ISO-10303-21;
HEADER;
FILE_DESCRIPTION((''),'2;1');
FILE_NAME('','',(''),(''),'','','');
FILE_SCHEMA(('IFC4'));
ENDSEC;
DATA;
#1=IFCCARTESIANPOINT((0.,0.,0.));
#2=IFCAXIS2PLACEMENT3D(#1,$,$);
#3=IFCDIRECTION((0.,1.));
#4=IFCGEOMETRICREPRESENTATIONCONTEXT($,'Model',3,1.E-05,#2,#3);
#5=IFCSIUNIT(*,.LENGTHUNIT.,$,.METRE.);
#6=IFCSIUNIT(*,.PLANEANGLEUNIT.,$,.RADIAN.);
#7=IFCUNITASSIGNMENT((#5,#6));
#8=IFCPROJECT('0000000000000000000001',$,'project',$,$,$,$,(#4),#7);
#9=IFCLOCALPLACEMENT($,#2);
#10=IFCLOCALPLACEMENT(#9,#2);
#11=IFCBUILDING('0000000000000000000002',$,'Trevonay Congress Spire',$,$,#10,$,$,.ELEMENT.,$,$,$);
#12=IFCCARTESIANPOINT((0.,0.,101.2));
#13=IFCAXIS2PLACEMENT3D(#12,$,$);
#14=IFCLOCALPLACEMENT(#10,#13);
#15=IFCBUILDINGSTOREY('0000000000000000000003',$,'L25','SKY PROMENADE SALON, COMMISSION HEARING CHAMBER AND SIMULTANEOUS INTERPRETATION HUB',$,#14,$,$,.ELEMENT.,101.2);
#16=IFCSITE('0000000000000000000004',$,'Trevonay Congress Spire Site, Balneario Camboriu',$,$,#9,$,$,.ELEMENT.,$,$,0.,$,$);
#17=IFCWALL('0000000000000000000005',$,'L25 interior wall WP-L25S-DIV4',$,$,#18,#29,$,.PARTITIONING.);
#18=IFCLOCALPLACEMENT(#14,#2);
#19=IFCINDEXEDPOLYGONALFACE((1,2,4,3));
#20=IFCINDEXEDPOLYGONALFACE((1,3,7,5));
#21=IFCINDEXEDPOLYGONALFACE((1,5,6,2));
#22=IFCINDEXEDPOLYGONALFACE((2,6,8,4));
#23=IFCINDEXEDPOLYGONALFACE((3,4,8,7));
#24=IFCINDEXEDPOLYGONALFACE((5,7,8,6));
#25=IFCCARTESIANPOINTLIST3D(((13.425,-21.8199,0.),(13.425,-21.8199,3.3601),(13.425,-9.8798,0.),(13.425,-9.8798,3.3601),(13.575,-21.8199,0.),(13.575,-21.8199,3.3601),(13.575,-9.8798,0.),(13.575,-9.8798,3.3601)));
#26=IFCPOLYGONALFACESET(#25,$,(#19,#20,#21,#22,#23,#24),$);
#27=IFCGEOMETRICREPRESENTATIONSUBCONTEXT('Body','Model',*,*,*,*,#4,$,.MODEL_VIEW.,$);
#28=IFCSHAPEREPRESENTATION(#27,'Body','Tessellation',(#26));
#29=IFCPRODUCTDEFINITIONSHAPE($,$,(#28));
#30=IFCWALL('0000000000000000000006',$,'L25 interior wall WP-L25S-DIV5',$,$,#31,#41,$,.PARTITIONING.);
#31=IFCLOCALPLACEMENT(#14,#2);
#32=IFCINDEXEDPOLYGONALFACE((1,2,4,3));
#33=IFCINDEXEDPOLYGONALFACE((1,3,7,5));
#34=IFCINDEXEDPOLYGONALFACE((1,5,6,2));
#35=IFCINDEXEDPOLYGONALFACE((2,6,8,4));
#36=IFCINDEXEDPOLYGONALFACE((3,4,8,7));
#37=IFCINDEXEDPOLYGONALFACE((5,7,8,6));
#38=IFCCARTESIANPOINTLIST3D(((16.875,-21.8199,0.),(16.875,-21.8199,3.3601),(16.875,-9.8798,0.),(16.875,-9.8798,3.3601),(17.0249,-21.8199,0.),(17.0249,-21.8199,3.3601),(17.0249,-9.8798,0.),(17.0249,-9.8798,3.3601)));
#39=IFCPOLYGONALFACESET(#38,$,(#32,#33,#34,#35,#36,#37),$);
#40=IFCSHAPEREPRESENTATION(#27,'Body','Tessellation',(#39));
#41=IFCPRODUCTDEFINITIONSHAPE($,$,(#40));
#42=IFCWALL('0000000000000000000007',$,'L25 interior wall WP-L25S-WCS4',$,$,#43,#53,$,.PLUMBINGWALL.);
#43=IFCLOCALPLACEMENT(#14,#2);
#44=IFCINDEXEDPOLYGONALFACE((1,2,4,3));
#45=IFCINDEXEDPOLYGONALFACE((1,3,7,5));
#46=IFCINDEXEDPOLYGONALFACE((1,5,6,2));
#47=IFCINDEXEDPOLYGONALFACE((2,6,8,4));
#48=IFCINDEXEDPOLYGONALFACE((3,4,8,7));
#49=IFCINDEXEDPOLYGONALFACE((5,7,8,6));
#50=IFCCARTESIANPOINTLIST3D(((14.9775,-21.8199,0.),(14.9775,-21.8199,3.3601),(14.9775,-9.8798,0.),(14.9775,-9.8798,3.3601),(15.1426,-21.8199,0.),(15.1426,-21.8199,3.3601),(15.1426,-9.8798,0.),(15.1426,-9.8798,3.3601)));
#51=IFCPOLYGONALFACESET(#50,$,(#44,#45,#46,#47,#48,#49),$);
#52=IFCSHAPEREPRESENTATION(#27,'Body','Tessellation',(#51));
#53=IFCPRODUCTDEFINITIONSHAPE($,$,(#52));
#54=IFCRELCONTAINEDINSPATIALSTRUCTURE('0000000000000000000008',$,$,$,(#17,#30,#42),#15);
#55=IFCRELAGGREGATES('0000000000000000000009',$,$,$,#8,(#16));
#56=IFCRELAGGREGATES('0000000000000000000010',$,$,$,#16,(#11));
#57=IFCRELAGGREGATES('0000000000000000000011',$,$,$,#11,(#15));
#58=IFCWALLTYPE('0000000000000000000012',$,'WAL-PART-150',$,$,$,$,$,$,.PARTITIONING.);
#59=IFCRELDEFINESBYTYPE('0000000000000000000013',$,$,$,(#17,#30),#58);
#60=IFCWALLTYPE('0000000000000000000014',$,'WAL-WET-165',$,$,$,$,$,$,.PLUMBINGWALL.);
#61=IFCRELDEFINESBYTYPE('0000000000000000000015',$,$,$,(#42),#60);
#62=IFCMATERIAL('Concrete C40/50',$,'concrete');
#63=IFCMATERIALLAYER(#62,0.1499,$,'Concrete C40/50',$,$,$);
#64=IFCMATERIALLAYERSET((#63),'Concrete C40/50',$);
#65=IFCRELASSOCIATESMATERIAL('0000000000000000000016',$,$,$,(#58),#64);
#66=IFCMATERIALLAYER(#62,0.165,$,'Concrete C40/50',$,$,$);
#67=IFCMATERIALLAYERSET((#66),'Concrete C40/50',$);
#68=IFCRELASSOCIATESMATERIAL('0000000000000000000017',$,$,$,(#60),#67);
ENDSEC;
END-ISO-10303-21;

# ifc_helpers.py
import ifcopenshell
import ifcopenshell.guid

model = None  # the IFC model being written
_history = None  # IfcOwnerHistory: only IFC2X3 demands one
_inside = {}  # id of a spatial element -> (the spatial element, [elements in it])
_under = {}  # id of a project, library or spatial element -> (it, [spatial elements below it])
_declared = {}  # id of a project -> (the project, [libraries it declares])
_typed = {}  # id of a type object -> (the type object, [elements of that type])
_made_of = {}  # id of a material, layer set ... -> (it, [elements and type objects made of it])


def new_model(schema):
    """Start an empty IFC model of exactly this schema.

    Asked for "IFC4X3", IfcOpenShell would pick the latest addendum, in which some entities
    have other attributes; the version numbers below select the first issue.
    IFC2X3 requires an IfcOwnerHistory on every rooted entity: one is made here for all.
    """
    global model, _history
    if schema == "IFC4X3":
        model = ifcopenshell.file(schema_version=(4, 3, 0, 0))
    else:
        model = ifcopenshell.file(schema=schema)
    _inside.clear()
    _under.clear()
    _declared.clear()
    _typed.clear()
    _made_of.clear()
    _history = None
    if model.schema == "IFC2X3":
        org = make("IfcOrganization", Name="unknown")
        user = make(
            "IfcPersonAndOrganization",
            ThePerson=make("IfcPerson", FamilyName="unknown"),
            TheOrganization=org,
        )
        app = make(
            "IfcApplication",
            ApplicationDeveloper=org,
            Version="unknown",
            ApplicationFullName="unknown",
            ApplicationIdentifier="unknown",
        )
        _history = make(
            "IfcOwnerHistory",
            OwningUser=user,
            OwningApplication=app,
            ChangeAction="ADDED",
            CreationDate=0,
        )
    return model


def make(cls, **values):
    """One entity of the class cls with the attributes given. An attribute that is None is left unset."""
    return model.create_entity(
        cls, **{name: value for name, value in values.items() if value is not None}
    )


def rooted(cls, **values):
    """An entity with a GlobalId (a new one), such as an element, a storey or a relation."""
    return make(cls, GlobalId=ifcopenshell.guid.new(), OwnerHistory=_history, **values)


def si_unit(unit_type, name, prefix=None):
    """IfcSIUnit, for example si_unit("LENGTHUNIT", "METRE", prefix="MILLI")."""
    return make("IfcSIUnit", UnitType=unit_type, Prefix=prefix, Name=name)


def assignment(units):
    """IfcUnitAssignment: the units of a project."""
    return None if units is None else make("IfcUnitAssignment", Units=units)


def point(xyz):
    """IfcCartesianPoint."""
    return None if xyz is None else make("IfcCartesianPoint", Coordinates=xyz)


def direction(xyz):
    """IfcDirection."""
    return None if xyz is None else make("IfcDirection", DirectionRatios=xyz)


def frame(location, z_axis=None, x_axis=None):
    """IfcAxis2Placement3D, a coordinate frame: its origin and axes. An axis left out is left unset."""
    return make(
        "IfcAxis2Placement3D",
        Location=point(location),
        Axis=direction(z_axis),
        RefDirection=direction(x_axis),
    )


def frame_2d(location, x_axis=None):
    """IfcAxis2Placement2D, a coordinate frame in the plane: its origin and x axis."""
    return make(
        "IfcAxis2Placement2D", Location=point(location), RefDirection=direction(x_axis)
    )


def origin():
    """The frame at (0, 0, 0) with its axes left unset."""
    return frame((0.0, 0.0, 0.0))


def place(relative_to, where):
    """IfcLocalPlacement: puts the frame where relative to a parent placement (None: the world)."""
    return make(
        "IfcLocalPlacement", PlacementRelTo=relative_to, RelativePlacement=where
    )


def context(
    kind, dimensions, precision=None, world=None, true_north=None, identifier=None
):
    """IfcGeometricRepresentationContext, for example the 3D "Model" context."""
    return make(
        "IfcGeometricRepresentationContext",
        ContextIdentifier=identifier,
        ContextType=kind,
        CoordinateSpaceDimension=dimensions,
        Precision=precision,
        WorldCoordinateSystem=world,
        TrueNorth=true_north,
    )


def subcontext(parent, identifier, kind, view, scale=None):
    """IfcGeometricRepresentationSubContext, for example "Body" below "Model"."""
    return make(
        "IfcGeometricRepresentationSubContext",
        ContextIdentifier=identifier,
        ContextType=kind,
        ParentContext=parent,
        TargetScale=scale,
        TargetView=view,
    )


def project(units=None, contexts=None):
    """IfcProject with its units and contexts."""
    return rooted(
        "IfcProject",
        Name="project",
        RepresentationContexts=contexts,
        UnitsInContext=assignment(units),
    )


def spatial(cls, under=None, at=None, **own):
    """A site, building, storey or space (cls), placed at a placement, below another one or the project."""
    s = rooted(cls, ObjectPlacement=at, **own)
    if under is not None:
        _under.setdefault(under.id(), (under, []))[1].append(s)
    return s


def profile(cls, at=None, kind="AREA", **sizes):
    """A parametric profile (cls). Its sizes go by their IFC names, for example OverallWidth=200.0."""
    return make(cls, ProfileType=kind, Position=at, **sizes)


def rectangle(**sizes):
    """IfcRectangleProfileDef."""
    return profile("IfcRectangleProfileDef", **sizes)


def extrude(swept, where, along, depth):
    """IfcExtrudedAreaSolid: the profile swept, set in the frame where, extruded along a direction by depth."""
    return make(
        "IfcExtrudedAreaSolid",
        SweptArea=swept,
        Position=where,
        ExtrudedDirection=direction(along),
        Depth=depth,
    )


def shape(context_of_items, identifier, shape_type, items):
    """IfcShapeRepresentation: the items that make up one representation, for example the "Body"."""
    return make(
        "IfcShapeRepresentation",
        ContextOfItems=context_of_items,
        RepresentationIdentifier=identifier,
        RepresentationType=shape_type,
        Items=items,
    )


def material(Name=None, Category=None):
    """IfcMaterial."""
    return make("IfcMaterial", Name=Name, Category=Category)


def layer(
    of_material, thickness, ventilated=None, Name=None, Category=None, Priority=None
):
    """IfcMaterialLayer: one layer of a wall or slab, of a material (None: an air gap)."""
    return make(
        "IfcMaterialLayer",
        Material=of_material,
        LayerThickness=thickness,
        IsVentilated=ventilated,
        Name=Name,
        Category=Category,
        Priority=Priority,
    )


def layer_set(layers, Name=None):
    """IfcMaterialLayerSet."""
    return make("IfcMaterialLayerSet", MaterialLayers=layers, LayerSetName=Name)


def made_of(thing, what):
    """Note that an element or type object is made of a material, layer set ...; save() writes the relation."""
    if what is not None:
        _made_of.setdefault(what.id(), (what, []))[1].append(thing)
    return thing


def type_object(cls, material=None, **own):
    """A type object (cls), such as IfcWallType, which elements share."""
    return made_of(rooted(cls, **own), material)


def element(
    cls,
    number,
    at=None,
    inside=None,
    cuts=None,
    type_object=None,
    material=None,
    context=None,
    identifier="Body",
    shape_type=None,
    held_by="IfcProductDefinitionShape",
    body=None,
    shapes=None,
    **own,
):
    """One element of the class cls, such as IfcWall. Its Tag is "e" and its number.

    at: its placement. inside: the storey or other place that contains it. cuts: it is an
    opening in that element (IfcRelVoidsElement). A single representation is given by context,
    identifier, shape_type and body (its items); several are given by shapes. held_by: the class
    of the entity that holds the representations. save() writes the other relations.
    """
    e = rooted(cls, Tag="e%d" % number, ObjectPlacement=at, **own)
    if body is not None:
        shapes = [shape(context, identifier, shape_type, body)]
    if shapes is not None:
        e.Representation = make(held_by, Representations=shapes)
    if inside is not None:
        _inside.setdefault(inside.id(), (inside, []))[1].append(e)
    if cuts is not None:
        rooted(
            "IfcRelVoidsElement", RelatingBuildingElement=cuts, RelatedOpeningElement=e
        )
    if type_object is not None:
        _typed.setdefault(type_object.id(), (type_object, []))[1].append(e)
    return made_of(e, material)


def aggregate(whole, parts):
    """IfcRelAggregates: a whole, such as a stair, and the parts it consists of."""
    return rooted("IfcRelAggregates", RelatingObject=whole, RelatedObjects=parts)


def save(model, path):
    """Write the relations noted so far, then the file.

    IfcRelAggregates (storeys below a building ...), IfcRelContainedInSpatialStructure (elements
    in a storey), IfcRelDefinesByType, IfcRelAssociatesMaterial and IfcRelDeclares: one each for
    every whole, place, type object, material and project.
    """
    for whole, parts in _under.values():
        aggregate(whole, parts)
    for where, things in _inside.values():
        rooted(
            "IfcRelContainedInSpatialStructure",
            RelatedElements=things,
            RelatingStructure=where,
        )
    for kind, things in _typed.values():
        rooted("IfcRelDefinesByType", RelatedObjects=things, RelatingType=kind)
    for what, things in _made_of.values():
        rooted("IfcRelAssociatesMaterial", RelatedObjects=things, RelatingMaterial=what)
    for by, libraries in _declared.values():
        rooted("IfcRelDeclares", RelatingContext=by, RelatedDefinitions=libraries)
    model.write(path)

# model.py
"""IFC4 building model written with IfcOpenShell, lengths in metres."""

from ifc_helpers import new_model, si_unit, direction, frame, frame_2d, origin, place, context, subcontext, project, spatial, rectangle, extrude, material, layer, layer_set, type_object, element, save


model = new_model("IFC4")

# Units and contexts
model_context = context("Model", 3, precision=1e-05, world=origin(), true_north=direction((0.0, 1.0)))
body_context = subcontext(model_context, "Body", "Model", "MODEL_VIEW")
ifc_project = project(units=[si_unit("LENGTHUNIT", "METRE"), si_unit("PLANEANGLEUNIT", "RADIAN")], contexts=[model_context])

# Site, building, storey
site_placement = place(None, origin())
site = spatial("IfcSite", under=ifc_project, at=site_placement, Name="Trevonay Congress Spire Site, Balneario Camboriu", CompositionType="ELEMENT", RefElevation=0.0)
building_placement = place(site_placement, origin())
building = spatial("IfcBuilding", under=site, at=building_placement, Name="Trevonay Congress Spire", CompositionType="ELEMENT")
storey_placement = place(building_placement, frame((0.0, 0.0, 101.2)))
storey = spatial("IfcBuildingStorey", under=building, at=storey_placement, Name="L25", Description="SKY PROMENADE SALON, COMMISSION HEARING CHAMBER AND SIMULTANEOUS INTERPRETATION HUB", CompositionType="ELEMENT", Elevation=101.2)

# Walls
ifc_material_1 = material(Name="Concrete C40/50", Category="concrete")
ifc_layer_1 = layer(ifc_material_1, 0.1499, Name="Concrete C40/50")
ifc_layer_set_1 = layer_set([ifc_layer_1], Name="Concrete C40/50")
wall_type_1 = type_object("IfcWallType", Name="WAL-PART-150", PredefinedType="PARTITIONING", material=ifc_layer_set_1)
for number, where, z_axis, x_axis, name in (
    (1, (13.5, -21.8201, 0.0), (0.0, 0.0, 1.0), (0.0, 1.0, 0.0), "L25 interior wall WP-L25S-DIV4"),
    (2, (16.95, -21.8201, 0.0), (0.0, 0.0, 1.0), (0.0, 1.0, 0.0), "L25 interior wall WP-L25S-DIV5"),
):
    element("IfcWall", number, at=place(storey_placement, frame(where, z_axis=z_axis, x_axis=x_axis)), inside=storey, type_object=wall_type_1, Name=name, PredefinedType="PARTITIONING", context=body_context, shape_type="SweptSolid", body=[
        extrude(rectangle(XDim=11.9402, YDim=0.1499, at=frame_2d((5.9702, 0.0))), origin(), (0.0, 0.0, 1.0), 3.3601),
    ])
ifc_layer_2 = layer(ifc_material_1, 0.165, Name="Concrete C40/50")
ifc_layer_set_2 = layer_set([ifc_layer_2], Name="Concrete C40/50")
wall_type_2 = type_object("IfcWallType", Name="WAL-WET-165", PredefinedType="PLUMBINGWALL", material=ifc_layer_set_2)
wall_1_placement = place(storey_placement, frame((15.0601, -21.8201, 0.0), z_axis=(0.0, 0.0, 1.0), x_axis=(0.0, 1.0, 0.0)))
element("IfcWall", 3, at=wall_1_placement, inside=storey, type_object=wall_type_2, Name="L25 interior wall WP-L25S-WCS4", PredefinedType="PLUMBINGWALL", context=body_context, shape_type="SweptSolid", body=[
    extrude(rectangle(XDim=11.9402, YDim=0.165, at=frame_2d((5.9702, 0.0))), origin(), (0.0, 0.0, 1.0), 3.3601),
])

save(model, "model.ifc")
